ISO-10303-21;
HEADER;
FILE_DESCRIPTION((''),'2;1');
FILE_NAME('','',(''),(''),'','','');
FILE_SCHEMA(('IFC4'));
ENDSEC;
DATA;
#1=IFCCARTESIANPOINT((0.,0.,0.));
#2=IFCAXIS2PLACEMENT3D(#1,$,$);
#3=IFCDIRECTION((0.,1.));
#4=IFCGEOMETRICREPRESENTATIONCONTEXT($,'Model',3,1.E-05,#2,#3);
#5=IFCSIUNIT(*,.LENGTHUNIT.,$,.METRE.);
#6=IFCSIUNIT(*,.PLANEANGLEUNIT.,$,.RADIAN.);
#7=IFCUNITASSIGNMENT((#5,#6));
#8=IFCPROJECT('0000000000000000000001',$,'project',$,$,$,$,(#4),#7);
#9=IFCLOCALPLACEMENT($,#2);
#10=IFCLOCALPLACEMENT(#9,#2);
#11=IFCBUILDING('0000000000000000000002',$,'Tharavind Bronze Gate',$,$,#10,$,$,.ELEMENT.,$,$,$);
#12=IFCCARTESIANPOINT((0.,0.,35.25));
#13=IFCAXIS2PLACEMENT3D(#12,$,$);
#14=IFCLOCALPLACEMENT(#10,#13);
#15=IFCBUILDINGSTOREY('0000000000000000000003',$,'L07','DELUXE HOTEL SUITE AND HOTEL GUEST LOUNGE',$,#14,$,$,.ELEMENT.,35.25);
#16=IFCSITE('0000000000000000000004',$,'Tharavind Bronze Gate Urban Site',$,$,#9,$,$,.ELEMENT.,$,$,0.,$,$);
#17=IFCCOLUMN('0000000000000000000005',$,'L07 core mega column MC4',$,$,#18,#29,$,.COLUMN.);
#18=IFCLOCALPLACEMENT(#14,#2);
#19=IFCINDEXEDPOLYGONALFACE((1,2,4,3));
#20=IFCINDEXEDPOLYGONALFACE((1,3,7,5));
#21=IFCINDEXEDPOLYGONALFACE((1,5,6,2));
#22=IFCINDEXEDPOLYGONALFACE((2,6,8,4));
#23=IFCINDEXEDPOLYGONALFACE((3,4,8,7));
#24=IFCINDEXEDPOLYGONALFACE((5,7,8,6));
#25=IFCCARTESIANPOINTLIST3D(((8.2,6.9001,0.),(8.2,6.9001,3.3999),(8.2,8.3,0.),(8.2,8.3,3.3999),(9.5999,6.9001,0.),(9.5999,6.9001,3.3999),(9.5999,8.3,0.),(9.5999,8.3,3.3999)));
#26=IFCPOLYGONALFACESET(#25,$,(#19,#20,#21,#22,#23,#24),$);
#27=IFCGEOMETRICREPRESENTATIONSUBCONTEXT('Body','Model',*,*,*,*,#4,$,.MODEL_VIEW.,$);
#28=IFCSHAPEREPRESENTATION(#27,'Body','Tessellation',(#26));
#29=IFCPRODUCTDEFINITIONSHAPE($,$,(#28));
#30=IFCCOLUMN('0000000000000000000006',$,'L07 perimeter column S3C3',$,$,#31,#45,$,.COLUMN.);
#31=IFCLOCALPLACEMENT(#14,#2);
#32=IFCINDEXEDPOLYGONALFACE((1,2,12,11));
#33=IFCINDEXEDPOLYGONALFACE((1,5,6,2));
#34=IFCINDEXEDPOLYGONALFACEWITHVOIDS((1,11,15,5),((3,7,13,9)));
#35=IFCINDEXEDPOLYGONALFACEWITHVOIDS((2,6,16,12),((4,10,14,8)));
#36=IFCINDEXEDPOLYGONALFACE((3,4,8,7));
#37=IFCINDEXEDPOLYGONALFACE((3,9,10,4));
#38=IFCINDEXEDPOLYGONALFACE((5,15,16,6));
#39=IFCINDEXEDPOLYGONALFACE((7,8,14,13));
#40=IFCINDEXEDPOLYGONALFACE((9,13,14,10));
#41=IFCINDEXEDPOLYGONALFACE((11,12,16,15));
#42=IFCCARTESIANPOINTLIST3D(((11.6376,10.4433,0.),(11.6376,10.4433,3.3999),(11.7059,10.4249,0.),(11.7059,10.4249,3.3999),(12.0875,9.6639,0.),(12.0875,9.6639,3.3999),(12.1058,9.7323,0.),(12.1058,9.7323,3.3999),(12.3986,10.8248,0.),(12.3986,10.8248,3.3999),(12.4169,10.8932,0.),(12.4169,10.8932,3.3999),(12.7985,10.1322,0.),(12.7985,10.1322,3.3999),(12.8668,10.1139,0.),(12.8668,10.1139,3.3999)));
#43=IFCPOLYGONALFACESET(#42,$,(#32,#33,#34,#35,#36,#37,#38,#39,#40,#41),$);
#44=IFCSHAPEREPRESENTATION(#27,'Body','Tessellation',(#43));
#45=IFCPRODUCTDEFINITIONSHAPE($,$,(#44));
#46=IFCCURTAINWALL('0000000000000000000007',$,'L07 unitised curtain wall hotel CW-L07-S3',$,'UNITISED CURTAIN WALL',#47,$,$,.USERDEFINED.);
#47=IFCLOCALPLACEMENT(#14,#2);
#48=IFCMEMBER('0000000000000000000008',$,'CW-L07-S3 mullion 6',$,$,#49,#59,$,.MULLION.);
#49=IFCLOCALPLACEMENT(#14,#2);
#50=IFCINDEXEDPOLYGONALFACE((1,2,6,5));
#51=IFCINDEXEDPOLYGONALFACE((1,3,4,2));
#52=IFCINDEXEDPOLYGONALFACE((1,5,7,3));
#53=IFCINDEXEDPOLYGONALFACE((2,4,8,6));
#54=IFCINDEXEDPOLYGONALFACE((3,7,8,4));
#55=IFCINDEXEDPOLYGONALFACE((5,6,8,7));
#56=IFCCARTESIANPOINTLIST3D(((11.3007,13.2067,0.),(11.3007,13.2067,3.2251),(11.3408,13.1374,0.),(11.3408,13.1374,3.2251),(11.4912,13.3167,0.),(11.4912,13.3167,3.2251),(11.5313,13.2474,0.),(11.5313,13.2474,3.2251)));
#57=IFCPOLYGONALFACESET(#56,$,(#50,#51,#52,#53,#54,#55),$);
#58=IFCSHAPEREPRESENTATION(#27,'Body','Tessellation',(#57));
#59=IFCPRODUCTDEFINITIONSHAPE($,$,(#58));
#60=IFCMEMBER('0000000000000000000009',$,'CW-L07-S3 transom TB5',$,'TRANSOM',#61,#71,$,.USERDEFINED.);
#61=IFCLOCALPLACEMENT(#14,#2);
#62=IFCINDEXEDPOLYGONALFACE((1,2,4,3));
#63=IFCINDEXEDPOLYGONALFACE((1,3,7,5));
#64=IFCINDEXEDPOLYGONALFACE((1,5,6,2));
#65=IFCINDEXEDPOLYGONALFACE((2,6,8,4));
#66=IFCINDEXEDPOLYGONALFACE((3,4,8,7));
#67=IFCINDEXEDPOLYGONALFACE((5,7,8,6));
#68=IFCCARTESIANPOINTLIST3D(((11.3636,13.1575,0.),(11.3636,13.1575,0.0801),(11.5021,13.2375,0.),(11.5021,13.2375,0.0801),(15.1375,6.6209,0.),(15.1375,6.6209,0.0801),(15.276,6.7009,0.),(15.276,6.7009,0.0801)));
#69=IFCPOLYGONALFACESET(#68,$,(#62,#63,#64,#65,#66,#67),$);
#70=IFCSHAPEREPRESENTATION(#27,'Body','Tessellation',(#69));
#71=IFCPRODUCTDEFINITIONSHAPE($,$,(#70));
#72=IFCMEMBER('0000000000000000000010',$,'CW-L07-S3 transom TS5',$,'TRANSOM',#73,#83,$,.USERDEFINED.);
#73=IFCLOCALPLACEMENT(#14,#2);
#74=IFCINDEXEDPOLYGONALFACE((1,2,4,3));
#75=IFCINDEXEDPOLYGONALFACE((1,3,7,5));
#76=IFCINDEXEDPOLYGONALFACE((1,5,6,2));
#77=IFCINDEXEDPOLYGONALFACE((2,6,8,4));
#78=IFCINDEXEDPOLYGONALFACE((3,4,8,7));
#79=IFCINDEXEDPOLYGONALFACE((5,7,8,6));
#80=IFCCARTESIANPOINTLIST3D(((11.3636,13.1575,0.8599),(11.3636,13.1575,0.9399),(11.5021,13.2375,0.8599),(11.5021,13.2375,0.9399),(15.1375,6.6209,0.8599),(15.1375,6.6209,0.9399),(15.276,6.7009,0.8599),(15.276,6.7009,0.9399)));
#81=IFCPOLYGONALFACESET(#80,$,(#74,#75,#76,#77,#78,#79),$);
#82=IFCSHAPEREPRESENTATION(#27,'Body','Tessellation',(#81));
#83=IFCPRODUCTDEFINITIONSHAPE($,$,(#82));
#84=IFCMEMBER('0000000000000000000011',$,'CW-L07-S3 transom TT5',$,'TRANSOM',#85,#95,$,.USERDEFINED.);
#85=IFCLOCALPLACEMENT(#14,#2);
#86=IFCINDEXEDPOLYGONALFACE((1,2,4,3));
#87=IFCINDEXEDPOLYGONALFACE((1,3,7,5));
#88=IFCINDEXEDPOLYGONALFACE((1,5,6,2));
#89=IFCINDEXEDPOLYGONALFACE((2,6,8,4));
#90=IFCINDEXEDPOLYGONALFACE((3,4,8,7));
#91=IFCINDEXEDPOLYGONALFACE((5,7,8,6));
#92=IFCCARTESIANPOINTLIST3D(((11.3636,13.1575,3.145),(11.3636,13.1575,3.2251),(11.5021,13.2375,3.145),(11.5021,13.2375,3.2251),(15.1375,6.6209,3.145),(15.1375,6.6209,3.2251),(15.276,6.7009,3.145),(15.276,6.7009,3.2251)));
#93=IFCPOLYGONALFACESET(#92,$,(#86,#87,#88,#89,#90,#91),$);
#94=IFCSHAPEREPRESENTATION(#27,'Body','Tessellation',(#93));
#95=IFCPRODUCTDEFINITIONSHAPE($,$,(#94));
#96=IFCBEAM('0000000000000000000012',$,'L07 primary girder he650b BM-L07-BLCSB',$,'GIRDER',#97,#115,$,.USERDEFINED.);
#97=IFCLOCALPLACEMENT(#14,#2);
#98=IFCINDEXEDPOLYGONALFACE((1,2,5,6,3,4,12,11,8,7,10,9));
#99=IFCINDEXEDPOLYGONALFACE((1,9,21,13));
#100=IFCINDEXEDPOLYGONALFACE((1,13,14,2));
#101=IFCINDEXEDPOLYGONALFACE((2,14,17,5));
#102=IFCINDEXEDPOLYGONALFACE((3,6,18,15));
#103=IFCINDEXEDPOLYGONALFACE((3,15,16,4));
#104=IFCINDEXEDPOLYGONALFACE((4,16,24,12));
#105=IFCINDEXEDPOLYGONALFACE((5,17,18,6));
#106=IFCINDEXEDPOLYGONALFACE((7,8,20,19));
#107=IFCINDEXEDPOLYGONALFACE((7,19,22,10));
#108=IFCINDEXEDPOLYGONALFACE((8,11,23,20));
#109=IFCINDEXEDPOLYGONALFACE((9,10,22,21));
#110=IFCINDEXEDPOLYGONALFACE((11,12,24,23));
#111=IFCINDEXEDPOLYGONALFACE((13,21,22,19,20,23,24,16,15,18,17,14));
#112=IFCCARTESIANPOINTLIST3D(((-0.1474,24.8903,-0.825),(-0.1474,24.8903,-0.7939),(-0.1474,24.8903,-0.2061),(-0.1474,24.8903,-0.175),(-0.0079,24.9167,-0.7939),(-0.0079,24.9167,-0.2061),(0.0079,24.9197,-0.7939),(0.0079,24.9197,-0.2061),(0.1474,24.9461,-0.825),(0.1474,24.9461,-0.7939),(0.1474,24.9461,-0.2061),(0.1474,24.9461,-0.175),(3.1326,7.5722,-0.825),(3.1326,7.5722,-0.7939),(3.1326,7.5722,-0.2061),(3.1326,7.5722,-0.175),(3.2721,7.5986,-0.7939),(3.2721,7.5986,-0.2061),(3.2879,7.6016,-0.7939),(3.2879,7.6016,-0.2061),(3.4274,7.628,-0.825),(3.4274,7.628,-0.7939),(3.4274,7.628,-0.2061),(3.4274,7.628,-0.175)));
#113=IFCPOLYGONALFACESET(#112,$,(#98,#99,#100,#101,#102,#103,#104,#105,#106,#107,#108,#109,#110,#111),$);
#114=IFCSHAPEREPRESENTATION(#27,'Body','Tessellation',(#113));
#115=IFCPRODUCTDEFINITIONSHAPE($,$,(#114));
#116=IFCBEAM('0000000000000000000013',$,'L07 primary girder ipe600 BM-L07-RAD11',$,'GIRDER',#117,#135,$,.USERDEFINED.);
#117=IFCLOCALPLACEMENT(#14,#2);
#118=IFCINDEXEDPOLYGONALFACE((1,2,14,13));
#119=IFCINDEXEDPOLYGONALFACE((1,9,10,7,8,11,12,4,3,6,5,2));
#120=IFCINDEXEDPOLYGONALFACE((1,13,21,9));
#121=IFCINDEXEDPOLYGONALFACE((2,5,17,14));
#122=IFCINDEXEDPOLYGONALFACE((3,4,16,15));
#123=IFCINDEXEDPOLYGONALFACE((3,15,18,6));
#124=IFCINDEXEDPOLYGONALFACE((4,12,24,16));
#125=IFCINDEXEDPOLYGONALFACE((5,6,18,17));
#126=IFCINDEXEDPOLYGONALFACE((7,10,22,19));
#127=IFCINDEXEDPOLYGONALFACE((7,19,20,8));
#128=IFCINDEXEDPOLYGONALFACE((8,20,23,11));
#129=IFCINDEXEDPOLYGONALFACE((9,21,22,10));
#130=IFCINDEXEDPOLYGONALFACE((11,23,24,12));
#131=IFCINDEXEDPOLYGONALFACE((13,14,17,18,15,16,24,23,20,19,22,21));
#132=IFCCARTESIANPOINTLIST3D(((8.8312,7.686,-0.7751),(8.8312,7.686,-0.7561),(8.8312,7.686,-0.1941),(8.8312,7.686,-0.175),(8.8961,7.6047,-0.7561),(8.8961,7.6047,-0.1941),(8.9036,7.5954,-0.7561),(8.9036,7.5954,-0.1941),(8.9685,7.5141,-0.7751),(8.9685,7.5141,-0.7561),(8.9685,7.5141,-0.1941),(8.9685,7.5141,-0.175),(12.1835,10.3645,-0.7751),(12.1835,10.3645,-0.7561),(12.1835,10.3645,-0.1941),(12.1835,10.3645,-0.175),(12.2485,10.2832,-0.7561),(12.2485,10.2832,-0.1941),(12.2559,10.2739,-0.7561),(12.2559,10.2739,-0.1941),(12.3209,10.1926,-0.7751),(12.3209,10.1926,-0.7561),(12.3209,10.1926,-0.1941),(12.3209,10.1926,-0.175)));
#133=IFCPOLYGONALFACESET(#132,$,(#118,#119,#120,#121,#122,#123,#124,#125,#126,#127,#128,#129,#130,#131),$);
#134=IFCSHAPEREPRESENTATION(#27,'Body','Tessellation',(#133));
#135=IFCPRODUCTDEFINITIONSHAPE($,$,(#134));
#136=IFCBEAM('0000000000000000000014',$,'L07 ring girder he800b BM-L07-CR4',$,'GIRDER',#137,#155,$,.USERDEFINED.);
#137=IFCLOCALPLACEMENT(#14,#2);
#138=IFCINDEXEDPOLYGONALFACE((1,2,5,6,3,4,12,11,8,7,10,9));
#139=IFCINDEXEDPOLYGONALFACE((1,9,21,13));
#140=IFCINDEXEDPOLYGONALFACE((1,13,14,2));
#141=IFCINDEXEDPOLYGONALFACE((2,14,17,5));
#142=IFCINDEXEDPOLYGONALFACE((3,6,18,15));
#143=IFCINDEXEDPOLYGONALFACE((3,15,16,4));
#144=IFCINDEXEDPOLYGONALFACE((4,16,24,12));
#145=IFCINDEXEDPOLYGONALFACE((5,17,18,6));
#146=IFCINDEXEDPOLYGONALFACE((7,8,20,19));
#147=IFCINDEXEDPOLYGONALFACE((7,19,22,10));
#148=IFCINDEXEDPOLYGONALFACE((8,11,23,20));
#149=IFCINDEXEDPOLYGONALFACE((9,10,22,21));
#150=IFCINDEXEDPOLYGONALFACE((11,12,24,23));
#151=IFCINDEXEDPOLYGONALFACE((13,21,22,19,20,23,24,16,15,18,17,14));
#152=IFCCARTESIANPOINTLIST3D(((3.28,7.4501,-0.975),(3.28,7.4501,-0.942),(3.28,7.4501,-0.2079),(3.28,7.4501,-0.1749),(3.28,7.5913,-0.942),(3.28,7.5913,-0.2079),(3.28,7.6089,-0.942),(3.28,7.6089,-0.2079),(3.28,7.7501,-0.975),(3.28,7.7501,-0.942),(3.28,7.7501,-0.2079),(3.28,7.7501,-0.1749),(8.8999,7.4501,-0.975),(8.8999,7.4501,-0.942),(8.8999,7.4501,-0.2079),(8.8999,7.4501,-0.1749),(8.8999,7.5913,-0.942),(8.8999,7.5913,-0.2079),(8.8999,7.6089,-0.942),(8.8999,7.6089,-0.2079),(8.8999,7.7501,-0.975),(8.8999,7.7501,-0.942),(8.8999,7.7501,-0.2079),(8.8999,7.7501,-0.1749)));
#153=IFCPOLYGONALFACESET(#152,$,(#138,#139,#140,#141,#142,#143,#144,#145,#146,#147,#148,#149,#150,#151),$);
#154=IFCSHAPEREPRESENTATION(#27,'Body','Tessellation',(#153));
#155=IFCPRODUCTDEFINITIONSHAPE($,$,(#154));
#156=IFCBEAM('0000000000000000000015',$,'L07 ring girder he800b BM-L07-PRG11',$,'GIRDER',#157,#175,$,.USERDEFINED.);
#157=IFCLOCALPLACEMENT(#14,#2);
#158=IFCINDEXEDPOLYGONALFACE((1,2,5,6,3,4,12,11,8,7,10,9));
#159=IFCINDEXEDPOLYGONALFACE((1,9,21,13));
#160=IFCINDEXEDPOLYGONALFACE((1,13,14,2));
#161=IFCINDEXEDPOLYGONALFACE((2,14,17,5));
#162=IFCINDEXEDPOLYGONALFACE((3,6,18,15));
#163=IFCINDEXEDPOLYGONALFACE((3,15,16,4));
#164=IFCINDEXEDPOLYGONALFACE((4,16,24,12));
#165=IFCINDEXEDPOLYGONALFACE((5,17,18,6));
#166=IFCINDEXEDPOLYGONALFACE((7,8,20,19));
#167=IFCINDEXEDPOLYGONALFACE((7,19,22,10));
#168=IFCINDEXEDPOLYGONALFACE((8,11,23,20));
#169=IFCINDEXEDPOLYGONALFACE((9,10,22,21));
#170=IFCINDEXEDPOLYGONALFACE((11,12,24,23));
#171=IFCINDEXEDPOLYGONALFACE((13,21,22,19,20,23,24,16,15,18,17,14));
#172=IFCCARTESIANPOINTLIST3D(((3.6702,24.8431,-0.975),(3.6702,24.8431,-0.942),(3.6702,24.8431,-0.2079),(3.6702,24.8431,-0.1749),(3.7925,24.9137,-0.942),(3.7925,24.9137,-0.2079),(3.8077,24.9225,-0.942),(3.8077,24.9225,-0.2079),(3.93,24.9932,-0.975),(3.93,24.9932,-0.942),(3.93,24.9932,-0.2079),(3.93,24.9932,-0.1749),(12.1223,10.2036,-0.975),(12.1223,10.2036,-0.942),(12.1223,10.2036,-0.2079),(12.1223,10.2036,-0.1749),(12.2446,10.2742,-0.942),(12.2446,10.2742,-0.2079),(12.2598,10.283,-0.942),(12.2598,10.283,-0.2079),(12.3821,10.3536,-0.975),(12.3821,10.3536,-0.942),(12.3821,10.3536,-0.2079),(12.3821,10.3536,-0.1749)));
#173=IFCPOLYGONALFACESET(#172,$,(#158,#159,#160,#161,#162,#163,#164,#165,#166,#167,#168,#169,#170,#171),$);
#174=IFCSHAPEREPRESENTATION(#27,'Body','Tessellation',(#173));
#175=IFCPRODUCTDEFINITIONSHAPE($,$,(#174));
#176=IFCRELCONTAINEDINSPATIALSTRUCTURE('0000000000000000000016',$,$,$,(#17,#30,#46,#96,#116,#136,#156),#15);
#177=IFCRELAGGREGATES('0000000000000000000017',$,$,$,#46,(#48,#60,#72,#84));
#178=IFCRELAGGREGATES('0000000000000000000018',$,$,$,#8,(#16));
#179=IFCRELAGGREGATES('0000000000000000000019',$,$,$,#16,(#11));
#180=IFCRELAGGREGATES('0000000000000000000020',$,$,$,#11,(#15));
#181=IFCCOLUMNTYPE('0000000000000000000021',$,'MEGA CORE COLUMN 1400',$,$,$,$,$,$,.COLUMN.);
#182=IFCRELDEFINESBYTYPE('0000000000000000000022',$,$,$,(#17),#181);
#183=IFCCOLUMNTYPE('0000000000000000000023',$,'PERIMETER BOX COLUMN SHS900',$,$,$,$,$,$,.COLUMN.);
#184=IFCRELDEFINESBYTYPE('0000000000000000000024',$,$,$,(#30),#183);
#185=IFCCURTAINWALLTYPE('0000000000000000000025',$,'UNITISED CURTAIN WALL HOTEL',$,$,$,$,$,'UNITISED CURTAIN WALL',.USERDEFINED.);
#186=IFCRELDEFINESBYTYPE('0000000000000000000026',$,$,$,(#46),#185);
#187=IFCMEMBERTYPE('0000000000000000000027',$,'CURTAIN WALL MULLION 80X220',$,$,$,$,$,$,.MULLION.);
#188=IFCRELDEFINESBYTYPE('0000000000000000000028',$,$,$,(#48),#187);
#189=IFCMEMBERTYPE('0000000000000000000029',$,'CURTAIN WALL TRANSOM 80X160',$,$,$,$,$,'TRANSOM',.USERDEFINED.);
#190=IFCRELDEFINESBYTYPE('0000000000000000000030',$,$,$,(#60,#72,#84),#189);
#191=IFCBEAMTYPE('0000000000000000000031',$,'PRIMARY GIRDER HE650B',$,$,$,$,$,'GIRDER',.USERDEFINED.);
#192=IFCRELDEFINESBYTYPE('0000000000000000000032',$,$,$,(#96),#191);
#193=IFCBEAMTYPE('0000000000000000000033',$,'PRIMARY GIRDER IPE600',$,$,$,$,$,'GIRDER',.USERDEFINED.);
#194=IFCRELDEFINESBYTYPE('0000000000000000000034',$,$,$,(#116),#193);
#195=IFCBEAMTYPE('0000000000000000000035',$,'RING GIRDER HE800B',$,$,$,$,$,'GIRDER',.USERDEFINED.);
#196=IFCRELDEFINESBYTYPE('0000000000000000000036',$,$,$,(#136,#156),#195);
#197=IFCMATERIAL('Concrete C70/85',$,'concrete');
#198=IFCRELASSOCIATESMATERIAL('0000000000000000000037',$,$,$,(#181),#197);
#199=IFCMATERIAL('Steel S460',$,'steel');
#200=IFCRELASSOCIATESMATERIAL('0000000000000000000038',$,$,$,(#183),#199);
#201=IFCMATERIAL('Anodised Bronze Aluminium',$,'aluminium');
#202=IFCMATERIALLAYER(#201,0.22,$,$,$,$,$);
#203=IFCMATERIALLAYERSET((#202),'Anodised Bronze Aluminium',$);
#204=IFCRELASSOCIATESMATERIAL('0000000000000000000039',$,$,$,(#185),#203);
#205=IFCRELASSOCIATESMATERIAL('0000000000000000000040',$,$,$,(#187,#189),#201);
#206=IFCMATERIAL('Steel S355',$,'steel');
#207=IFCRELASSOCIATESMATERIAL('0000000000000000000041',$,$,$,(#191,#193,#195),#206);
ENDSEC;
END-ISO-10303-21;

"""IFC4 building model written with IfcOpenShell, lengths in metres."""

from ifc_helpers import new_model, si_unit, direction, frame, origin, origin_2d, place, context, subcontext, project, spatial, rectangle, hollow_rectangle, i_section, extrude, material, layer, layer_set, material_profile, profile_set, type_object, element, aggregate, save


model = new_model("IFC4")

# Units and contexts
model_context = context("Model", 3, precision=1e-05, world=origin(), true_north=direction((0.0, 1.0)))
body_context = subcontext(model_context, "Body", "Model", "MODEL_VIEW")
ifc_project = project(units=[si_unit("LENGTHUNIT", "METRE"), si_unit("PLANEANGLEUNIT", "RADIAN")], contexts=[model_context])

# Site, building, storey
site_placement = place(None, origin())
site = spatial("IfcSite", under=ifc_project, at=site_placement, Name="Tharavind Bronze Gate Urban Site", CompositionType="ELEMENT", RefElevation=0.0)
building_placement = place(site_placement, origin())
building = spatial("IfcBuilding", under=site, at=building_placement, Name="Tharavind Bronze Gate", CompositionType="ELEMENT")
storey_placement = place(building_placement, frame((0.0, 0.0, 35.25)))
storey = spatial("IfcBuildingStorey", under=building, at=storey_placement, Name="L07", Description="DELUXE HOTEL SUITE AND HOTEL GUEST LOUNGE", CompositionType="ELEMENT", Elevation=35.25)

# Columns
ifc_material_1 = material(Name="Concrete C70/85", Category="concrete")
ifc_material_profile_1 = material_profile(ifc_material_1, rectangle(XDim=1.3999, YDim=1.3999, at=origin_2d()), Name="RCCOL1400")
ifc_profile_set_1 = profile_set([ifc_material_profile_1], Name="Concrete C70/85")
column_type_1 = type_object("IfcColumnType", Name="MEGA CORE COLUMN 1400", PredefinedType="COLUMN", material=ifc_profile_set_1)
column_1_placement = place(storey_placement, frame((8.8999, 7.6001, 0.0), z_axis=(0.0, 0.0, 1.0), x_axis=(1.0, 0.0, 0.0)))
element("IfcColumn", 1, at=column_1_placement, inside=storey, type_object=column_type_1, Name="L07 core mega column MC4", PredefinedType="COLUMN", context=body_context, shape_type="SweptSolid", body=[
    extrude(rectangle(XDim=1.3999, YDim=1.3999, at=origin_2d()), origin(), (0.0, 0.0, 1.0), 3.3999),
])
ifc_material_2 = material(Name="Steel S460", Category="steel")
ifc_material_profile_2 = material_profile(ifc_material_2, hollow_rectangle(XDim=0.8999, YDim=0.8999, WallThickness=0.05, at=origin_2d()), Name="SHS900X50")
ifc_profile_set_2 = profile_set([ifc_material_profile_2], Name="Steel S460")
column_type_2 = type_object("IfcColumnType", Name="PERIMETER BOX COLUMN SHS900", PredefinedType="COLUMN", material=ifc_profile_set_2)
column_2_placement = place(storey_placement, frame((12.2522, 10.2786, 0.0), z_axis=(0.0, 0.0, 1.0), x_axis=(-0.500002, 0.866025, 0.0)))
element("IfcColumn", 2, at=column_2_placement, inside=storey, type_object=column_type_2, Name="L07 perimeter column S3C3", PredefinedType="COLUMN", context=body_context, shape_type="SweptSolid", body=[
    extrude(hollow_rectangle(XDim=0.8999, YDim=0.8999, WallThickness=0.05, at=origin_2d()), origin(), (0.0, 0.0, 1.0), 3.3999),
])

# Curtain wall, members
ifc_material_3 = material(Name="Anodised Bronze Aluminium", Category="aluminium")
ifc_layer_1 = layer(ifc_material_3, 0.22)
ifc_layer_set_1 = layer_set([ifc_layer_1], Name="Anodised Bronze Aluminium")
curtain_wall_type = type_object("IfcCurtainWallType", Name="UNITISED CURTAIN WALL HOTEL", ElementType="UNITISED CURTAIN WALL", PredefinedType="USERDEFINED", material=ifc_layer_set_1)
curtain_wall_placement = place(storey_placement, origin())
curtain_wall = element("IfcCurtainWall", 3, at=curtain_wall_placement, inside=storey, type_object=curtain_wall_type, Name="L07 unitised curtain wall hotel CW-L07-S3", ObjectType="UNITISED CURTAIN WALL", PredefinedType="USERDEFINED")
member_type_1 = type_object("IfcMemberType", Name="CURTAIN WALL MULLION 80X220", PredefinedType="MULLION", material=ifc_material_3)
member_1_placement = place(storey_placement, frame((11.416, 13.2271, 0.0), z_axis=(0.0, 0.0, 1.0), x_axis=(-0.500002, 0.866025, 0.0)))
member_1 = element("IfcMember", 4, at=member_1_placement, type_object=member_type_1, Name="CW-L07-S3 mullion 6", PredefinedType="MULLION", context=body_context, shape_type="SweptSolid", body=[
    extrude(rectangle(XDim=0.0801, YDim=0.22, at=origin_2d()), origin(), (0.0, 0.0, 1.0), 3.2251),
])
member_type_2 = type_object("IfcMemberType", Name="CURTAIN WALL TRANSOM 80X160", ElementType="TRANSOM", PredefinedType="USERDEFINED", material=ifc_material_3)
member_2_placement = place(storey_placement, frame((13.3198, 9.9292, 0.0), z_axis=(0.0, 0.0, 1.0), x_axis=(-0.500002, 0.866025, 0.0)))
member_2 = element("IfcMember", 5, at=member_2_placement, type_object=member_type_2, Name="CW-L07-S3 transom TB5", ObjectType="TRANSOM", PredefinedType="USERDEFINED", context=body_context, shape_type="SweptSolid", body=[
    extrude(rectangle(XDim=7.5479, YDim=0.1599, at=origin_2d()), origin(), (0.0, 0.0, 1.0), 0.0801),
])
member_3_placement = place(storey_placement, frame((13.3198, 9.9292, 0.8599), z_axis=(0.0, 0.0, 1.0), x_axis=(-0.500002, 0.866025, 0.0)))
member_3 = element("IfcMember", 6, at=member_3_placement, type_object=member_type_2, Name="CW-L07-S3 transom TS5", ObjectType="TRANSOM", PredefinedType="USERDEFINED", context=body_context, shape_type="SweptSolid", body=[
    extrude(rectangle(XDim=7.5479, YDim=0.1599, at=origin_2d()), origin(), (0.0, 0.0, 1.0), 0.0801),
])
member_4_placement = place(storey_placement, frame((13.3198, 9.9292, 3.145), z_axis=(0.0, 0.0, 1.0), x_axis=(-0.500002, 0.866025, 0.0)))
member_4 = element("IfcMember", 7, at=member_4_placement, type_object=member_type_2, Name="CW-L07-S3 transom TT5", ObjectType="TRANSOM", PredefinedType="USERDEFINED", context=body_context, shape_type="SweptSolid", body=[
    extrude(rectangle(XDim=7.5479, YDim=0.1599, at=origin_2d()), origin(), (0.0, 0.0, 1.0), 0.0801),
])

# Beams
ifc_material_4 = material(Name="Steel S355", Category="steel")
ifc_material_profile_3 = material_profile(ifc_material_4, i_section(OverallWidth=0.3, OverallDepth=0.6499, WebThickness=0.0161, FlangeThickness=0.031, at=origin_2d()), Name="HE650B")
ifc_profile_set_3 = profile_set([ifc_material_profile_3], Name="Steel S355")
beam_type_1 = type_object("IfcBeamType", Name="PRIMARY GIRDER HE650B", ElementType="GIRDER", PredefinedType="USERDEFINED", material=ifc_profile_set_3)
beam_1_placement = place(storey_placement, frame((3.28, 7.6001, -0.5), z_axis=(-0.18609, 0.982533, 0.0), x_axis=(-0.982533, -0.18609, 0.0)))
element("IfcBeam", 8, at=beam_1_placement, inside=storey, type_object=beam_type_1, Name="L07 primary girder he650b BM-L07-BLCSB", ObjectType="GIRDER", PredefinedType="USERDEFINED", context=body_context, shape_type="SweptSolid", body=[
    extrude(i_section(OverallWidth=0.3, OverallDepth=0.6499, WebThickness=0.0161, FlangeThickness=0.031, at=origin_2d()), origin(), (0.0, 0.0, 1.0), 17.626),
])
ifc_material_profile_4 = material_profile(ifc_material_4, i_section(OverallWidth=0.22, OverallDepth=0.6001, WebThickness=0.012, FlangeThickness=0.019, at=origin_2d()), Name="IPE600")
ifc_profile_set_4 = profile_set([ifc_material_profile_4], Name="Steel S355")
beam_type_2 = type_object("IfcBeamType", Name="PRIMARY GIRDER IPE600", ElementType="GIRDER", PredefinedType="USERDEFINED", material=ifc_profile_set_4)
beam_2_placement = place(storey_placement, frame((12.2522, 10.2786, -0.4751), z_axis=(-0.781252, -0.624216, 0.0), x_axis=(0.624216, -0.781252, 0.0)))
element("IfcBeam", 9, at=beam_2_placement, inside=storey, type_object=beam_type_2, Name="L07 primary girder ipe600 BM-L07-RAD11", ObjectType="GIRDER", PredefinedType="USERDEFINED", context=body_context, shape_type="SweptSolid", body=[
    extrude(i_section(OverallWidth=0.22, OverallDepth=0.6001, WebThickness=0.012, FlangeThickness=0.019, at=origin_2d()), origin(), (0.0, 0.0, 1.0), 4.291),
])
ifc_material_profile_5 = material_profile(ifc_material_4, i_section(OverallWidth=0.3, OverallDepth=0.8, WebThickness=0.0176, FlangeThickness=0.033, at=origin_2d()), Name="HE800B")
ifc_profile_set_5 = profile_set([ifc_material_profile_5], Name="Steel S355")
beam_type_3 = type_object("IfcBeamType", Name="RING GIRDER HE800B", ElementType="GIRDER", PredefinedType="USERDEFINED", material=ifc_profile_set_5)
beam_3_placement = place(storey_placement, frame((8.8999, 7.6001, -0.575), z_axis=(-1.0, 0.0, 0.0), x_axis=(0.0, -1.0, 0.0)))
element("IfcBeam", 10, at=beam_3_placement, inside=storey, type_object=beam_type_3, Name="L07 ring girder he800b BM-L07-CR4", ObjectType="GIRDER", PredefinedType="USERDEFINED", context=body_context, shape_type="SweptSolid", body=[
    extrude(i_section(OverallWidth=0.3, OverallDepth=0.8, WebThickness=0.0176, FlangeThickness=0.033, at=origin_2d()), origin(), (0.0, 0.0, 1.0), 5.6199),
])
beam_4_placement = place(storey_placement, frame((12.2522, 10.2786, -0.575), z_axis=(-0.499997, 0.866027, 0.0), x_axis=(-0.866027, -0.499997, 0.0)))
element("IfcBeam", 11, at=beam_4_placement, inside=storey, type_object=beam_type_3, Name="L07 ring girder he800b BM-L07-PRG11", ObjectType="GIRDER", PredefinedType="USERDEFINED", context=body_context, shape_type="SweptSolid", body=[
    extrude(i_section(OverallWidth=0.3, OverallDepth=0.8, WebThickness=0.0176, FlangeThickness=0.033, at=origin_2d()), origin(), (0.0, 0.0, 1.0), 16.9043),
])

aggregate(curtain_wall, [member_1, member_2, member_3, member_4])

save(model, "model.ifc")
